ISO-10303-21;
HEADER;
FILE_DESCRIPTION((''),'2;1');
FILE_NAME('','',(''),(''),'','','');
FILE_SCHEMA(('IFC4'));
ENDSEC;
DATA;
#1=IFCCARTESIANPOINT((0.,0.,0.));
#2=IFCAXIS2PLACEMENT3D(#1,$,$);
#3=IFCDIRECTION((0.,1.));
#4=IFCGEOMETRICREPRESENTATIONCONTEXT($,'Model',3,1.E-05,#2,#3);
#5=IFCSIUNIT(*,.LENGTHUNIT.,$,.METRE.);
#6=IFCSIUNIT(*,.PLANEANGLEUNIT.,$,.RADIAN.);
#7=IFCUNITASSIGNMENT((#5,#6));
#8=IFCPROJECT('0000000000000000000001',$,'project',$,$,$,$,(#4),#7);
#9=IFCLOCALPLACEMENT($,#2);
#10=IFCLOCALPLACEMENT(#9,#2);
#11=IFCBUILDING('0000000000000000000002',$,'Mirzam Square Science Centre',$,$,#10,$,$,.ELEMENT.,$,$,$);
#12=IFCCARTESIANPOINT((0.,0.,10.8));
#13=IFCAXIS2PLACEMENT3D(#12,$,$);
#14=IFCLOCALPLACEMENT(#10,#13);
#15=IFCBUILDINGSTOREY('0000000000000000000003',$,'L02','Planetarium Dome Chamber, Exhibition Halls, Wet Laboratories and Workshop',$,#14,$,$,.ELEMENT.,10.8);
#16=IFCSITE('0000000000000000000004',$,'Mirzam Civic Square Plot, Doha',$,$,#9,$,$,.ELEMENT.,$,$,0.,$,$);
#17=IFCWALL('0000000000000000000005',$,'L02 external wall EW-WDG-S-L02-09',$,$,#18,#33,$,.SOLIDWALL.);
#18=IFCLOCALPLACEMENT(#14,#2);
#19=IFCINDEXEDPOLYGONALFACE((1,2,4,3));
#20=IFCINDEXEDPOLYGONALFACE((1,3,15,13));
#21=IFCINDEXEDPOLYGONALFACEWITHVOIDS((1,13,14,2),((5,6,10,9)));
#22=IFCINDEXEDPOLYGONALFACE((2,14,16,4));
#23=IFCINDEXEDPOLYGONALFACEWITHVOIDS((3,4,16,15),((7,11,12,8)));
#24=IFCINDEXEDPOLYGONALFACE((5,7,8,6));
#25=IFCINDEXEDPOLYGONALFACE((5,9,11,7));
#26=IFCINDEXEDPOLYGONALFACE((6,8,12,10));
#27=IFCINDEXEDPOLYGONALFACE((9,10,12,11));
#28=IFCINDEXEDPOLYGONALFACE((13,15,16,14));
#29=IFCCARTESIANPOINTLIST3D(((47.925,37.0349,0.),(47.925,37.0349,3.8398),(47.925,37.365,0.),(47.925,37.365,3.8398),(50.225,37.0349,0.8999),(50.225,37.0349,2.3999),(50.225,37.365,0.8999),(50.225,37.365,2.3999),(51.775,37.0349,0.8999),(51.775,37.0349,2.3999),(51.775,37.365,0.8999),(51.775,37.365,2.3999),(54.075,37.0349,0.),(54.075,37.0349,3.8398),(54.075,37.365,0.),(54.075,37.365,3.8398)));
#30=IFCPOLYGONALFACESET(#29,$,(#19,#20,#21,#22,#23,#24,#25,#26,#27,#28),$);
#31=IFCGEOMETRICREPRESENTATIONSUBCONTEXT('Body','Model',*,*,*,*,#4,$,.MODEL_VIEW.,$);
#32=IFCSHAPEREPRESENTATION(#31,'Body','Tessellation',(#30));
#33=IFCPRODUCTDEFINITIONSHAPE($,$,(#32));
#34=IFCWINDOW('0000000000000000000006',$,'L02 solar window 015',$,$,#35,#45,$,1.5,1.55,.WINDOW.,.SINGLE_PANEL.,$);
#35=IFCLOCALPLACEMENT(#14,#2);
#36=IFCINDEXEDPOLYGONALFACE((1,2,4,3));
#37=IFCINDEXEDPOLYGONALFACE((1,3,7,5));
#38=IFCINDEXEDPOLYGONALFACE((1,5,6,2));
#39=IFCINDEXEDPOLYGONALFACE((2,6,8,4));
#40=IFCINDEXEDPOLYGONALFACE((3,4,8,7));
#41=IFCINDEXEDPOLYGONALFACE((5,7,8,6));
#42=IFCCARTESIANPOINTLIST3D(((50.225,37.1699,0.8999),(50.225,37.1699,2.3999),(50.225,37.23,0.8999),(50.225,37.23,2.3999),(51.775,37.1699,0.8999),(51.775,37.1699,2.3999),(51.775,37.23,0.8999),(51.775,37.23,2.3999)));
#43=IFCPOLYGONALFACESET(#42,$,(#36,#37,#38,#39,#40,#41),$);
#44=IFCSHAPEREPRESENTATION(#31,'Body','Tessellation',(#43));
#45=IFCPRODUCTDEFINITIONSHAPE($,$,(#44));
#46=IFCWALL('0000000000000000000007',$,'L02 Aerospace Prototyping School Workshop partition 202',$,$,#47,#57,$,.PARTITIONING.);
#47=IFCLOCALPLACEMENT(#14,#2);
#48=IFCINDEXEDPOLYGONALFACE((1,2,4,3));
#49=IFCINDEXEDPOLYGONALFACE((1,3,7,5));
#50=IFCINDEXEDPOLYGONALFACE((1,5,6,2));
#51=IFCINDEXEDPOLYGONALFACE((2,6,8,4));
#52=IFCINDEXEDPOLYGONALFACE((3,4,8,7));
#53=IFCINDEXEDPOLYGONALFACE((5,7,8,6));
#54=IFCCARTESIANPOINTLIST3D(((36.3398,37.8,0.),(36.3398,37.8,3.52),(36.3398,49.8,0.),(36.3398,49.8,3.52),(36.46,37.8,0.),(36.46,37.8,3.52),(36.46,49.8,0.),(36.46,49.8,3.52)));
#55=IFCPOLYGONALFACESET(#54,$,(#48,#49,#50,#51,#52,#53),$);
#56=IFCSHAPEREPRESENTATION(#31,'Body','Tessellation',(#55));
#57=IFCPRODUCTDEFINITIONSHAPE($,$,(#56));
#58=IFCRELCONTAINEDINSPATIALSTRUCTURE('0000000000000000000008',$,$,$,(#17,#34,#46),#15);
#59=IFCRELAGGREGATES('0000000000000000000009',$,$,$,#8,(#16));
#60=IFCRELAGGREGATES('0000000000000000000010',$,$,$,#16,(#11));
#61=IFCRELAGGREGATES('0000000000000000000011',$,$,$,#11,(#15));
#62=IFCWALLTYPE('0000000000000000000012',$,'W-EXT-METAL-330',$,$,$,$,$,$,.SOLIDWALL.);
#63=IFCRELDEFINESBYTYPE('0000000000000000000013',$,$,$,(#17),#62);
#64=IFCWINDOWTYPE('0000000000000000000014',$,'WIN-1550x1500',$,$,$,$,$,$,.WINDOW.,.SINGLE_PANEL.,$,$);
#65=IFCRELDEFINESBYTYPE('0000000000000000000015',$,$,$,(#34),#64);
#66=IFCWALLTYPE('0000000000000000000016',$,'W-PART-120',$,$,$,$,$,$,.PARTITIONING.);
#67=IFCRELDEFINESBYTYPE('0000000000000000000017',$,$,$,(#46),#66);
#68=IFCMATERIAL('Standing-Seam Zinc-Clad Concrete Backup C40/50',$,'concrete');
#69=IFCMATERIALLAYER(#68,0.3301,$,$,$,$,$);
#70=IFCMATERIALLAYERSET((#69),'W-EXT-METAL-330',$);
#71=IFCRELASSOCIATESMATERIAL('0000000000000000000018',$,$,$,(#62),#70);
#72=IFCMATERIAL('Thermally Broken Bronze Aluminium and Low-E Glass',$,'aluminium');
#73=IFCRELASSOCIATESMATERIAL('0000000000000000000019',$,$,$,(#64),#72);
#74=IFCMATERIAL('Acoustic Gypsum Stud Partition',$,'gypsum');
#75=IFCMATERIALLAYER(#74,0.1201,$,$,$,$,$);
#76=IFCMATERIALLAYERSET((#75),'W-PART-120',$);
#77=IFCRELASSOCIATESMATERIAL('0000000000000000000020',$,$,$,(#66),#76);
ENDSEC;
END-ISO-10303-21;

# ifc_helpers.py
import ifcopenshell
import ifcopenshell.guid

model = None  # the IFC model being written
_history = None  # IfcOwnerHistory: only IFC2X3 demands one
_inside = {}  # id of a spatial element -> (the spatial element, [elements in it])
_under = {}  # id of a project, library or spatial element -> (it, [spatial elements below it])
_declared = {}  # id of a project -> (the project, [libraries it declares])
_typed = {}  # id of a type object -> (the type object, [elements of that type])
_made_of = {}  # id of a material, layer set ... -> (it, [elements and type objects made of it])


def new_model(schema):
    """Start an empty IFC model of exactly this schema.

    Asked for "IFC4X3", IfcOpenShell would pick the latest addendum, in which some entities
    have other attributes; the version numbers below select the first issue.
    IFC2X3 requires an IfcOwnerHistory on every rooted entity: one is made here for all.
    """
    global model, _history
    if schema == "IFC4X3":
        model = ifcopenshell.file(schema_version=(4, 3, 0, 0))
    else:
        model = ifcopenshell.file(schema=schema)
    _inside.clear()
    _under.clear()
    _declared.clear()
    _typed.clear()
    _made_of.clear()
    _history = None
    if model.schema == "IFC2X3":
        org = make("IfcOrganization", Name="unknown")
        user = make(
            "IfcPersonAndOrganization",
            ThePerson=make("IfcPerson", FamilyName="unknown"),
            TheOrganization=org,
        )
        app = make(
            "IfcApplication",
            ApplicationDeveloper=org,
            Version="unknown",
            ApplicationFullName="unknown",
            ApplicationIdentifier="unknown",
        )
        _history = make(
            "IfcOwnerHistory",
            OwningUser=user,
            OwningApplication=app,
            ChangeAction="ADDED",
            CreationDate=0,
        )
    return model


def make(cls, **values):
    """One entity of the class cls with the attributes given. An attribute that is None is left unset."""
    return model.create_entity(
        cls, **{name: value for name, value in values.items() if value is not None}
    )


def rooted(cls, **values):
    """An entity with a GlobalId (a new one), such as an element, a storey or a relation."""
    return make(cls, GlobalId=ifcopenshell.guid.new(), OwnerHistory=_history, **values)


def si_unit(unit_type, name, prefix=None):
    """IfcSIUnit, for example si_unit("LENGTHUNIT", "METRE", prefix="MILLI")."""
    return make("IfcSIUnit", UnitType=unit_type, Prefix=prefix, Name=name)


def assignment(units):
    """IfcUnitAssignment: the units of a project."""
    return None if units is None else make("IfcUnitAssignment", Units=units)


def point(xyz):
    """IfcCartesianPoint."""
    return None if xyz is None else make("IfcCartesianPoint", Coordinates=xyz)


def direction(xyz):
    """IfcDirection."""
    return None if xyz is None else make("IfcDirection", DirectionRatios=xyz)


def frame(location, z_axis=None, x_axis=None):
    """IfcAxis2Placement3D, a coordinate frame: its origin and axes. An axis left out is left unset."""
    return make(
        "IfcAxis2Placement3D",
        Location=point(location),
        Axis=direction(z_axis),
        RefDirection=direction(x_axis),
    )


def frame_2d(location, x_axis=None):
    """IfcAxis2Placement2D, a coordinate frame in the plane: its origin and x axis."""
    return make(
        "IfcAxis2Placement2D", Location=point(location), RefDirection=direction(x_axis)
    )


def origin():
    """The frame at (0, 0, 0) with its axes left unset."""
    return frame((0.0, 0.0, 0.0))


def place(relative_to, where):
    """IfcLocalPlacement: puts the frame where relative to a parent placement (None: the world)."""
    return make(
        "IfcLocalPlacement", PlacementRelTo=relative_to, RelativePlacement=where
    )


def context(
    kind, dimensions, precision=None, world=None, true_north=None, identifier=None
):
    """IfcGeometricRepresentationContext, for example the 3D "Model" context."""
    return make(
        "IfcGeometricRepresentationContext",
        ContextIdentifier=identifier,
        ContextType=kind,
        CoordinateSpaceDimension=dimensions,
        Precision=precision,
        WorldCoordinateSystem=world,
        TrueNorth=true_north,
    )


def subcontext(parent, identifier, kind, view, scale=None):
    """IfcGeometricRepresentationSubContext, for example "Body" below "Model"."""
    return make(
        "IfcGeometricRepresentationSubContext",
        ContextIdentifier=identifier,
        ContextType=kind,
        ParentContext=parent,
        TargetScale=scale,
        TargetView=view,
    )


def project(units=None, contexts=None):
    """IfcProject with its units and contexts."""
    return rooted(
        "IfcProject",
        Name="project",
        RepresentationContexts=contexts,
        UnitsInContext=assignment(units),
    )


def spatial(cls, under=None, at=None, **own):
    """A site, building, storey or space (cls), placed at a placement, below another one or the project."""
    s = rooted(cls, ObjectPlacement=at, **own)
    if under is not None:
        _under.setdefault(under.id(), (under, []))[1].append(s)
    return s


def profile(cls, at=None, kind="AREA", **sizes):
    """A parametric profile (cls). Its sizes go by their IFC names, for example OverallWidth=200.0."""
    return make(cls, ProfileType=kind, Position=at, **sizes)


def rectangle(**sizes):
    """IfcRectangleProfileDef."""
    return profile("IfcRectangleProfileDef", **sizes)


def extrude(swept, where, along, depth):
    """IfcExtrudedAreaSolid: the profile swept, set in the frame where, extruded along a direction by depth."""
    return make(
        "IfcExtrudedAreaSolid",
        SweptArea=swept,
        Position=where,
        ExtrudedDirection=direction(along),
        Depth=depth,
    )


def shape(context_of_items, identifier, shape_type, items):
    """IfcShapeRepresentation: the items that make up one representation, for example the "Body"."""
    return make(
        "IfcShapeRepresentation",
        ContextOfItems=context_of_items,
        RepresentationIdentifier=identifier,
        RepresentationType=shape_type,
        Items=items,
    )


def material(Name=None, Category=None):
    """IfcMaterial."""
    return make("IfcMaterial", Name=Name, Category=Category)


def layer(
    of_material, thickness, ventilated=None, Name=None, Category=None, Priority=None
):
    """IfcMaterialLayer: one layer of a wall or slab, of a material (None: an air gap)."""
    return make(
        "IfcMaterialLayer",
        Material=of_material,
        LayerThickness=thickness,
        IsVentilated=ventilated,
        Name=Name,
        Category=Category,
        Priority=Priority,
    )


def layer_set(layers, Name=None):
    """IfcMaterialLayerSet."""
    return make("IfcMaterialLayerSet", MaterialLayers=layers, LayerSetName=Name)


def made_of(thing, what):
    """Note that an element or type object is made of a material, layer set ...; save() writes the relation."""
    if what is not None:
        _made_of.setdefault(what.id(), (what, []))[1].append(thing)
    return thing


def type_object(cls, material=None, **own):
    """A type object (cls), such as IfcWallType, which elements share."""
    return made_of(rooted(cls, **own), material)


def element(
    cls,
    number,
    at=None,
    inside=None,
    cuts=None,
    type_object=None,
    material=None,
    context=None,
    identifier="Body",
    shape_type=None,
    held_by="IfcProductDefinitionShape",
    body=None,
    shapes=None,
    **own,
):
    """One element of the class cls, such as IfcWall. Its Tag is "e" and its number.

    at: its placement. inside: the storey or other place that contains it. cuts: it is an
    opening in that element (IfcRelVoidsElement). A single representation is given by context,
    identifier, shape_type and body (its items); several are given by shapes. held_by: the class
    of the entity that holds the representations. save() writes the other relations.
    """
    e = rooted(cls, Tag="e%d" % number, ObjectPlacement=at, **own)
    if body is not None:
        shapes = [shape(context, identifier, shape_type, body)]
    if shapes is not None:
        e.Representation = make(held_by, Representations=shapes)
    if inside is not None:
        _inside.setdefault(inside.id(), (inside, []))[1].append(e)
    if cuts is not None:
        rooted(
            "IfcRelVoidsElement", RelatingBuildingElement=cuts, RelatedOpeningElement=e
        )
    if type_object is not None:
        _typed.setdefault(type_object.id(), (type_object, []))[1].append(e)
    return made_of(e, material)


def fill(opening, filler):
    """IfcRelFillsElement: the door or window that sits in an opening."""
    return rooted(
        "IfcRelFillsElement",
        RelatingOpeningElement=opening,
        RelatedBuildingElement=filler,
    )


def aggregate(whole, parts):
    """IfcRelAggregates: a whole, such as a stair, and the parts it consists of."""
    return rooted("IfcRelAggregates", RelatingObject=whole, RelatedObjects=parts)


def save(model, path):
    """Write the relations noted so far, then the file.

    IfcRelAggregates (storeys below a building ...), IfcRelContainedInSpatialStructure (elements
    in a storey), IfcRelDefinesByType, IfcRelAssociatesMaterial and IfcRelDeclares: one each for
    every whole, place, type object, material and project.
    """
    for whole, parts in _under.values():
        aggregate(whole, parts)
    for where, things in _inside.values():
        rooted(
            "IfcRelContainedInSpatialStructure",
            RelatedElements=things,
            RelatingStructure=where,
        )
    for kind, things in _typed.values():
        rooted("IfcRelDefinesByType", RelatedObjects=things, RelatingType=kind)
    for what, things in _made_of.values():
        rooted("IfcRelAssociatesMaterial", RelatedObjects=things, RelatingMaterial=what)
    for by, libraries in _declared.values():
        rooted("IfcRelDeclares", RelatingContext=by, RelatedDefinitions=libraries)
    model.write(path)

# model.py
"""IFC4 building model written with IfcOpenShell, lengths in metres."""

from ifc_helpers import new_model, si_unit, direction, frame, frame_2d, origin, place, context, subcontext, project, spatial, rectangle, extrude, material, layer, layer_set, type_object, element, fill, save


model = new_model("IFC4")

# Units and contexts
model_context = context("Model", 3, precision=1e-05, world=origin(), true_north=direction((0.0, 1.0)))
body_context = subcontext(model_context, "Body", "Model", "MODEL_VIEW")
ifc_project = project(units=[si_unit("LENGTHUNIT", "METRE"), si_unit("PLANEANGLEUNIT", "RADIAN")], contexts=[model_context])

# Site, building, storey
site_placement = place(None, origin())
site = spatial("IfcSite", under=ifc_project, at=site_placement, Name="Mirzam Civic Square Plot, Doha", CompositionType="ELEMENT", RefElevation=0.0)
building_placement = place(site_placement, origin())
building = spatial("IfcBuilding", under=site, at=building_placement, Name="Mirzam Square Science Centre", CompositionType="ELEMENT")
storey_placement = place(building_placement, frame((0.0, 0.0, 10.8)))
storey = spatial("IfcBuildingStorey", under=building, at=storey_placement, Name="L02", Description="Planetarium Dome Chamber, Exhibition Halls, Wet Laboratories and Workshop", CompositionType="ELEMENT", Elevation=10.8)

# Wall, opening, window
ifc_material_1 = material(Name="Standing-Seam Zinc-Clad Concrete Backup C40/50", Category="concrete")
ifc_layer_1 = layer(ifc_material_1, 0.3301)
ifc_layer_set_1 = layer_set([ifc_layer_1], Name="W-EXT-METAL-330")
wall_type_1 = type_object("IfcWallType", Name="W-EXT-METAL-330", PredefinedType="SOLIDWALL", material=ifc_layer_set_1)
wall_1_placement = place(storey_placement, frame((47.925, 37.2, 0.0), z_axis=(0.0, 0.0, 1.0), x_axis=(1.0, 0.0, 0.0)))
wall_1 = element("IfcWall", 1, at=wall_1_placement, inside=storey, type_object=wall_type_1, Name="L02 external wall EW-WDG-S-L02-09", PredefinedType="SOLIDWALL", context=body_context, shape_type="SweptSolid", body=[
    extrude(rectangle(XDim=6.1499, YDim=0.3301, at=frame_2d((3.075, 0.0))), origin(), (0.0, 0.0, 1.0), 3.8398),
])
opening_placement = place(wall_1_placement, frame((2.3, 0.0, 0.8999)))
opening = element("IfcOpeningElement", 2, at=opening_placement, cuts=wall_1, PredefinedType="OPENING", context=body_context, shape_type="SweptSolid", body=[
    extrude(rectangle(XDim=1.55, YDim=1.5, at=frame_2d((0.7749, 0.75))), frame((0.0, 0.175, 0.0), z_axis=(0.0, -1.0, 0.0), x_axis=(1.0, 0.0, 0.0)), (0.0, 0.0, 1.0), 0.3501),
])
ifc_material_2 = material(Name="Thermally Broken Bronze Aluminium and Low-E Glass", Category="aluminium")
window_type = type_object("IfcWindowType", Name="WIN-1550x1500", PartitioningType="SINGLE_PANEL", PredefinedType="WINDOW", material=ifc_material_2)
window_placement = place(opening_placement, origin())
window = element("IfcWindow", 3, at=window_placement, inside=storey, type_object=window_type, Name="L02 solar window 015", OverallHeight=1.5, OverallWidth=1.55, PartitioningType="SINGLE_PANEL", PredefinedType="WINDOW", context=body_context, shape_type="SweptSolid", body=[
    extrude(rectangle(XDim=1.55, YDim=1.5, at=frame_2d((0.7749, 0.75))), frame((0.0, 0.03, 0.0), z_axis=(0.0, -1.0, 0.0), x_axis=(1.0, 0.0, 0.0)), (0.0, 0.0, 1.0), 0.0601),
])
fill(opening, window)

# Wall
ifc_material_3 = material(Name="Acoustic Gypsum Stud Partition", Category="gypsum")
ifc_layer_2 = layer(ifc_material_3, 0.1201)
ifc_layer_set_2 = layer_set([ifc_layer_2], Name="W-PART-120")
wall_type_2 = type_object("IfcWallType", Name="W-PART-120", PredefinedType="PARTITIONING", material=ifc_layer_set_2)
wall_2_placement = place(storey_placement, frame((36.3999, 37.8, 0.0), z_axis=(0.0, 0.0, 1.0), x_axis=(0.0, 1.0, 0.0)))
element("IfcWall", 4, at=wall_2_placement, inside=storey, type_object=wall_type_2, Name="L02 Aerospace Prototyping School Workshop partition 202", PredefinedType="PARTITIONING", context=body_context, shape_type="SweptSolid", body=[
    extrude(rectangle(XDim=12.0, YDim=0.1201, at=frame_2d((6.0, 0.0))), origin(), (0.0, 0.0, 1.0), 3.52),
])

save(model, "model.ifc")
